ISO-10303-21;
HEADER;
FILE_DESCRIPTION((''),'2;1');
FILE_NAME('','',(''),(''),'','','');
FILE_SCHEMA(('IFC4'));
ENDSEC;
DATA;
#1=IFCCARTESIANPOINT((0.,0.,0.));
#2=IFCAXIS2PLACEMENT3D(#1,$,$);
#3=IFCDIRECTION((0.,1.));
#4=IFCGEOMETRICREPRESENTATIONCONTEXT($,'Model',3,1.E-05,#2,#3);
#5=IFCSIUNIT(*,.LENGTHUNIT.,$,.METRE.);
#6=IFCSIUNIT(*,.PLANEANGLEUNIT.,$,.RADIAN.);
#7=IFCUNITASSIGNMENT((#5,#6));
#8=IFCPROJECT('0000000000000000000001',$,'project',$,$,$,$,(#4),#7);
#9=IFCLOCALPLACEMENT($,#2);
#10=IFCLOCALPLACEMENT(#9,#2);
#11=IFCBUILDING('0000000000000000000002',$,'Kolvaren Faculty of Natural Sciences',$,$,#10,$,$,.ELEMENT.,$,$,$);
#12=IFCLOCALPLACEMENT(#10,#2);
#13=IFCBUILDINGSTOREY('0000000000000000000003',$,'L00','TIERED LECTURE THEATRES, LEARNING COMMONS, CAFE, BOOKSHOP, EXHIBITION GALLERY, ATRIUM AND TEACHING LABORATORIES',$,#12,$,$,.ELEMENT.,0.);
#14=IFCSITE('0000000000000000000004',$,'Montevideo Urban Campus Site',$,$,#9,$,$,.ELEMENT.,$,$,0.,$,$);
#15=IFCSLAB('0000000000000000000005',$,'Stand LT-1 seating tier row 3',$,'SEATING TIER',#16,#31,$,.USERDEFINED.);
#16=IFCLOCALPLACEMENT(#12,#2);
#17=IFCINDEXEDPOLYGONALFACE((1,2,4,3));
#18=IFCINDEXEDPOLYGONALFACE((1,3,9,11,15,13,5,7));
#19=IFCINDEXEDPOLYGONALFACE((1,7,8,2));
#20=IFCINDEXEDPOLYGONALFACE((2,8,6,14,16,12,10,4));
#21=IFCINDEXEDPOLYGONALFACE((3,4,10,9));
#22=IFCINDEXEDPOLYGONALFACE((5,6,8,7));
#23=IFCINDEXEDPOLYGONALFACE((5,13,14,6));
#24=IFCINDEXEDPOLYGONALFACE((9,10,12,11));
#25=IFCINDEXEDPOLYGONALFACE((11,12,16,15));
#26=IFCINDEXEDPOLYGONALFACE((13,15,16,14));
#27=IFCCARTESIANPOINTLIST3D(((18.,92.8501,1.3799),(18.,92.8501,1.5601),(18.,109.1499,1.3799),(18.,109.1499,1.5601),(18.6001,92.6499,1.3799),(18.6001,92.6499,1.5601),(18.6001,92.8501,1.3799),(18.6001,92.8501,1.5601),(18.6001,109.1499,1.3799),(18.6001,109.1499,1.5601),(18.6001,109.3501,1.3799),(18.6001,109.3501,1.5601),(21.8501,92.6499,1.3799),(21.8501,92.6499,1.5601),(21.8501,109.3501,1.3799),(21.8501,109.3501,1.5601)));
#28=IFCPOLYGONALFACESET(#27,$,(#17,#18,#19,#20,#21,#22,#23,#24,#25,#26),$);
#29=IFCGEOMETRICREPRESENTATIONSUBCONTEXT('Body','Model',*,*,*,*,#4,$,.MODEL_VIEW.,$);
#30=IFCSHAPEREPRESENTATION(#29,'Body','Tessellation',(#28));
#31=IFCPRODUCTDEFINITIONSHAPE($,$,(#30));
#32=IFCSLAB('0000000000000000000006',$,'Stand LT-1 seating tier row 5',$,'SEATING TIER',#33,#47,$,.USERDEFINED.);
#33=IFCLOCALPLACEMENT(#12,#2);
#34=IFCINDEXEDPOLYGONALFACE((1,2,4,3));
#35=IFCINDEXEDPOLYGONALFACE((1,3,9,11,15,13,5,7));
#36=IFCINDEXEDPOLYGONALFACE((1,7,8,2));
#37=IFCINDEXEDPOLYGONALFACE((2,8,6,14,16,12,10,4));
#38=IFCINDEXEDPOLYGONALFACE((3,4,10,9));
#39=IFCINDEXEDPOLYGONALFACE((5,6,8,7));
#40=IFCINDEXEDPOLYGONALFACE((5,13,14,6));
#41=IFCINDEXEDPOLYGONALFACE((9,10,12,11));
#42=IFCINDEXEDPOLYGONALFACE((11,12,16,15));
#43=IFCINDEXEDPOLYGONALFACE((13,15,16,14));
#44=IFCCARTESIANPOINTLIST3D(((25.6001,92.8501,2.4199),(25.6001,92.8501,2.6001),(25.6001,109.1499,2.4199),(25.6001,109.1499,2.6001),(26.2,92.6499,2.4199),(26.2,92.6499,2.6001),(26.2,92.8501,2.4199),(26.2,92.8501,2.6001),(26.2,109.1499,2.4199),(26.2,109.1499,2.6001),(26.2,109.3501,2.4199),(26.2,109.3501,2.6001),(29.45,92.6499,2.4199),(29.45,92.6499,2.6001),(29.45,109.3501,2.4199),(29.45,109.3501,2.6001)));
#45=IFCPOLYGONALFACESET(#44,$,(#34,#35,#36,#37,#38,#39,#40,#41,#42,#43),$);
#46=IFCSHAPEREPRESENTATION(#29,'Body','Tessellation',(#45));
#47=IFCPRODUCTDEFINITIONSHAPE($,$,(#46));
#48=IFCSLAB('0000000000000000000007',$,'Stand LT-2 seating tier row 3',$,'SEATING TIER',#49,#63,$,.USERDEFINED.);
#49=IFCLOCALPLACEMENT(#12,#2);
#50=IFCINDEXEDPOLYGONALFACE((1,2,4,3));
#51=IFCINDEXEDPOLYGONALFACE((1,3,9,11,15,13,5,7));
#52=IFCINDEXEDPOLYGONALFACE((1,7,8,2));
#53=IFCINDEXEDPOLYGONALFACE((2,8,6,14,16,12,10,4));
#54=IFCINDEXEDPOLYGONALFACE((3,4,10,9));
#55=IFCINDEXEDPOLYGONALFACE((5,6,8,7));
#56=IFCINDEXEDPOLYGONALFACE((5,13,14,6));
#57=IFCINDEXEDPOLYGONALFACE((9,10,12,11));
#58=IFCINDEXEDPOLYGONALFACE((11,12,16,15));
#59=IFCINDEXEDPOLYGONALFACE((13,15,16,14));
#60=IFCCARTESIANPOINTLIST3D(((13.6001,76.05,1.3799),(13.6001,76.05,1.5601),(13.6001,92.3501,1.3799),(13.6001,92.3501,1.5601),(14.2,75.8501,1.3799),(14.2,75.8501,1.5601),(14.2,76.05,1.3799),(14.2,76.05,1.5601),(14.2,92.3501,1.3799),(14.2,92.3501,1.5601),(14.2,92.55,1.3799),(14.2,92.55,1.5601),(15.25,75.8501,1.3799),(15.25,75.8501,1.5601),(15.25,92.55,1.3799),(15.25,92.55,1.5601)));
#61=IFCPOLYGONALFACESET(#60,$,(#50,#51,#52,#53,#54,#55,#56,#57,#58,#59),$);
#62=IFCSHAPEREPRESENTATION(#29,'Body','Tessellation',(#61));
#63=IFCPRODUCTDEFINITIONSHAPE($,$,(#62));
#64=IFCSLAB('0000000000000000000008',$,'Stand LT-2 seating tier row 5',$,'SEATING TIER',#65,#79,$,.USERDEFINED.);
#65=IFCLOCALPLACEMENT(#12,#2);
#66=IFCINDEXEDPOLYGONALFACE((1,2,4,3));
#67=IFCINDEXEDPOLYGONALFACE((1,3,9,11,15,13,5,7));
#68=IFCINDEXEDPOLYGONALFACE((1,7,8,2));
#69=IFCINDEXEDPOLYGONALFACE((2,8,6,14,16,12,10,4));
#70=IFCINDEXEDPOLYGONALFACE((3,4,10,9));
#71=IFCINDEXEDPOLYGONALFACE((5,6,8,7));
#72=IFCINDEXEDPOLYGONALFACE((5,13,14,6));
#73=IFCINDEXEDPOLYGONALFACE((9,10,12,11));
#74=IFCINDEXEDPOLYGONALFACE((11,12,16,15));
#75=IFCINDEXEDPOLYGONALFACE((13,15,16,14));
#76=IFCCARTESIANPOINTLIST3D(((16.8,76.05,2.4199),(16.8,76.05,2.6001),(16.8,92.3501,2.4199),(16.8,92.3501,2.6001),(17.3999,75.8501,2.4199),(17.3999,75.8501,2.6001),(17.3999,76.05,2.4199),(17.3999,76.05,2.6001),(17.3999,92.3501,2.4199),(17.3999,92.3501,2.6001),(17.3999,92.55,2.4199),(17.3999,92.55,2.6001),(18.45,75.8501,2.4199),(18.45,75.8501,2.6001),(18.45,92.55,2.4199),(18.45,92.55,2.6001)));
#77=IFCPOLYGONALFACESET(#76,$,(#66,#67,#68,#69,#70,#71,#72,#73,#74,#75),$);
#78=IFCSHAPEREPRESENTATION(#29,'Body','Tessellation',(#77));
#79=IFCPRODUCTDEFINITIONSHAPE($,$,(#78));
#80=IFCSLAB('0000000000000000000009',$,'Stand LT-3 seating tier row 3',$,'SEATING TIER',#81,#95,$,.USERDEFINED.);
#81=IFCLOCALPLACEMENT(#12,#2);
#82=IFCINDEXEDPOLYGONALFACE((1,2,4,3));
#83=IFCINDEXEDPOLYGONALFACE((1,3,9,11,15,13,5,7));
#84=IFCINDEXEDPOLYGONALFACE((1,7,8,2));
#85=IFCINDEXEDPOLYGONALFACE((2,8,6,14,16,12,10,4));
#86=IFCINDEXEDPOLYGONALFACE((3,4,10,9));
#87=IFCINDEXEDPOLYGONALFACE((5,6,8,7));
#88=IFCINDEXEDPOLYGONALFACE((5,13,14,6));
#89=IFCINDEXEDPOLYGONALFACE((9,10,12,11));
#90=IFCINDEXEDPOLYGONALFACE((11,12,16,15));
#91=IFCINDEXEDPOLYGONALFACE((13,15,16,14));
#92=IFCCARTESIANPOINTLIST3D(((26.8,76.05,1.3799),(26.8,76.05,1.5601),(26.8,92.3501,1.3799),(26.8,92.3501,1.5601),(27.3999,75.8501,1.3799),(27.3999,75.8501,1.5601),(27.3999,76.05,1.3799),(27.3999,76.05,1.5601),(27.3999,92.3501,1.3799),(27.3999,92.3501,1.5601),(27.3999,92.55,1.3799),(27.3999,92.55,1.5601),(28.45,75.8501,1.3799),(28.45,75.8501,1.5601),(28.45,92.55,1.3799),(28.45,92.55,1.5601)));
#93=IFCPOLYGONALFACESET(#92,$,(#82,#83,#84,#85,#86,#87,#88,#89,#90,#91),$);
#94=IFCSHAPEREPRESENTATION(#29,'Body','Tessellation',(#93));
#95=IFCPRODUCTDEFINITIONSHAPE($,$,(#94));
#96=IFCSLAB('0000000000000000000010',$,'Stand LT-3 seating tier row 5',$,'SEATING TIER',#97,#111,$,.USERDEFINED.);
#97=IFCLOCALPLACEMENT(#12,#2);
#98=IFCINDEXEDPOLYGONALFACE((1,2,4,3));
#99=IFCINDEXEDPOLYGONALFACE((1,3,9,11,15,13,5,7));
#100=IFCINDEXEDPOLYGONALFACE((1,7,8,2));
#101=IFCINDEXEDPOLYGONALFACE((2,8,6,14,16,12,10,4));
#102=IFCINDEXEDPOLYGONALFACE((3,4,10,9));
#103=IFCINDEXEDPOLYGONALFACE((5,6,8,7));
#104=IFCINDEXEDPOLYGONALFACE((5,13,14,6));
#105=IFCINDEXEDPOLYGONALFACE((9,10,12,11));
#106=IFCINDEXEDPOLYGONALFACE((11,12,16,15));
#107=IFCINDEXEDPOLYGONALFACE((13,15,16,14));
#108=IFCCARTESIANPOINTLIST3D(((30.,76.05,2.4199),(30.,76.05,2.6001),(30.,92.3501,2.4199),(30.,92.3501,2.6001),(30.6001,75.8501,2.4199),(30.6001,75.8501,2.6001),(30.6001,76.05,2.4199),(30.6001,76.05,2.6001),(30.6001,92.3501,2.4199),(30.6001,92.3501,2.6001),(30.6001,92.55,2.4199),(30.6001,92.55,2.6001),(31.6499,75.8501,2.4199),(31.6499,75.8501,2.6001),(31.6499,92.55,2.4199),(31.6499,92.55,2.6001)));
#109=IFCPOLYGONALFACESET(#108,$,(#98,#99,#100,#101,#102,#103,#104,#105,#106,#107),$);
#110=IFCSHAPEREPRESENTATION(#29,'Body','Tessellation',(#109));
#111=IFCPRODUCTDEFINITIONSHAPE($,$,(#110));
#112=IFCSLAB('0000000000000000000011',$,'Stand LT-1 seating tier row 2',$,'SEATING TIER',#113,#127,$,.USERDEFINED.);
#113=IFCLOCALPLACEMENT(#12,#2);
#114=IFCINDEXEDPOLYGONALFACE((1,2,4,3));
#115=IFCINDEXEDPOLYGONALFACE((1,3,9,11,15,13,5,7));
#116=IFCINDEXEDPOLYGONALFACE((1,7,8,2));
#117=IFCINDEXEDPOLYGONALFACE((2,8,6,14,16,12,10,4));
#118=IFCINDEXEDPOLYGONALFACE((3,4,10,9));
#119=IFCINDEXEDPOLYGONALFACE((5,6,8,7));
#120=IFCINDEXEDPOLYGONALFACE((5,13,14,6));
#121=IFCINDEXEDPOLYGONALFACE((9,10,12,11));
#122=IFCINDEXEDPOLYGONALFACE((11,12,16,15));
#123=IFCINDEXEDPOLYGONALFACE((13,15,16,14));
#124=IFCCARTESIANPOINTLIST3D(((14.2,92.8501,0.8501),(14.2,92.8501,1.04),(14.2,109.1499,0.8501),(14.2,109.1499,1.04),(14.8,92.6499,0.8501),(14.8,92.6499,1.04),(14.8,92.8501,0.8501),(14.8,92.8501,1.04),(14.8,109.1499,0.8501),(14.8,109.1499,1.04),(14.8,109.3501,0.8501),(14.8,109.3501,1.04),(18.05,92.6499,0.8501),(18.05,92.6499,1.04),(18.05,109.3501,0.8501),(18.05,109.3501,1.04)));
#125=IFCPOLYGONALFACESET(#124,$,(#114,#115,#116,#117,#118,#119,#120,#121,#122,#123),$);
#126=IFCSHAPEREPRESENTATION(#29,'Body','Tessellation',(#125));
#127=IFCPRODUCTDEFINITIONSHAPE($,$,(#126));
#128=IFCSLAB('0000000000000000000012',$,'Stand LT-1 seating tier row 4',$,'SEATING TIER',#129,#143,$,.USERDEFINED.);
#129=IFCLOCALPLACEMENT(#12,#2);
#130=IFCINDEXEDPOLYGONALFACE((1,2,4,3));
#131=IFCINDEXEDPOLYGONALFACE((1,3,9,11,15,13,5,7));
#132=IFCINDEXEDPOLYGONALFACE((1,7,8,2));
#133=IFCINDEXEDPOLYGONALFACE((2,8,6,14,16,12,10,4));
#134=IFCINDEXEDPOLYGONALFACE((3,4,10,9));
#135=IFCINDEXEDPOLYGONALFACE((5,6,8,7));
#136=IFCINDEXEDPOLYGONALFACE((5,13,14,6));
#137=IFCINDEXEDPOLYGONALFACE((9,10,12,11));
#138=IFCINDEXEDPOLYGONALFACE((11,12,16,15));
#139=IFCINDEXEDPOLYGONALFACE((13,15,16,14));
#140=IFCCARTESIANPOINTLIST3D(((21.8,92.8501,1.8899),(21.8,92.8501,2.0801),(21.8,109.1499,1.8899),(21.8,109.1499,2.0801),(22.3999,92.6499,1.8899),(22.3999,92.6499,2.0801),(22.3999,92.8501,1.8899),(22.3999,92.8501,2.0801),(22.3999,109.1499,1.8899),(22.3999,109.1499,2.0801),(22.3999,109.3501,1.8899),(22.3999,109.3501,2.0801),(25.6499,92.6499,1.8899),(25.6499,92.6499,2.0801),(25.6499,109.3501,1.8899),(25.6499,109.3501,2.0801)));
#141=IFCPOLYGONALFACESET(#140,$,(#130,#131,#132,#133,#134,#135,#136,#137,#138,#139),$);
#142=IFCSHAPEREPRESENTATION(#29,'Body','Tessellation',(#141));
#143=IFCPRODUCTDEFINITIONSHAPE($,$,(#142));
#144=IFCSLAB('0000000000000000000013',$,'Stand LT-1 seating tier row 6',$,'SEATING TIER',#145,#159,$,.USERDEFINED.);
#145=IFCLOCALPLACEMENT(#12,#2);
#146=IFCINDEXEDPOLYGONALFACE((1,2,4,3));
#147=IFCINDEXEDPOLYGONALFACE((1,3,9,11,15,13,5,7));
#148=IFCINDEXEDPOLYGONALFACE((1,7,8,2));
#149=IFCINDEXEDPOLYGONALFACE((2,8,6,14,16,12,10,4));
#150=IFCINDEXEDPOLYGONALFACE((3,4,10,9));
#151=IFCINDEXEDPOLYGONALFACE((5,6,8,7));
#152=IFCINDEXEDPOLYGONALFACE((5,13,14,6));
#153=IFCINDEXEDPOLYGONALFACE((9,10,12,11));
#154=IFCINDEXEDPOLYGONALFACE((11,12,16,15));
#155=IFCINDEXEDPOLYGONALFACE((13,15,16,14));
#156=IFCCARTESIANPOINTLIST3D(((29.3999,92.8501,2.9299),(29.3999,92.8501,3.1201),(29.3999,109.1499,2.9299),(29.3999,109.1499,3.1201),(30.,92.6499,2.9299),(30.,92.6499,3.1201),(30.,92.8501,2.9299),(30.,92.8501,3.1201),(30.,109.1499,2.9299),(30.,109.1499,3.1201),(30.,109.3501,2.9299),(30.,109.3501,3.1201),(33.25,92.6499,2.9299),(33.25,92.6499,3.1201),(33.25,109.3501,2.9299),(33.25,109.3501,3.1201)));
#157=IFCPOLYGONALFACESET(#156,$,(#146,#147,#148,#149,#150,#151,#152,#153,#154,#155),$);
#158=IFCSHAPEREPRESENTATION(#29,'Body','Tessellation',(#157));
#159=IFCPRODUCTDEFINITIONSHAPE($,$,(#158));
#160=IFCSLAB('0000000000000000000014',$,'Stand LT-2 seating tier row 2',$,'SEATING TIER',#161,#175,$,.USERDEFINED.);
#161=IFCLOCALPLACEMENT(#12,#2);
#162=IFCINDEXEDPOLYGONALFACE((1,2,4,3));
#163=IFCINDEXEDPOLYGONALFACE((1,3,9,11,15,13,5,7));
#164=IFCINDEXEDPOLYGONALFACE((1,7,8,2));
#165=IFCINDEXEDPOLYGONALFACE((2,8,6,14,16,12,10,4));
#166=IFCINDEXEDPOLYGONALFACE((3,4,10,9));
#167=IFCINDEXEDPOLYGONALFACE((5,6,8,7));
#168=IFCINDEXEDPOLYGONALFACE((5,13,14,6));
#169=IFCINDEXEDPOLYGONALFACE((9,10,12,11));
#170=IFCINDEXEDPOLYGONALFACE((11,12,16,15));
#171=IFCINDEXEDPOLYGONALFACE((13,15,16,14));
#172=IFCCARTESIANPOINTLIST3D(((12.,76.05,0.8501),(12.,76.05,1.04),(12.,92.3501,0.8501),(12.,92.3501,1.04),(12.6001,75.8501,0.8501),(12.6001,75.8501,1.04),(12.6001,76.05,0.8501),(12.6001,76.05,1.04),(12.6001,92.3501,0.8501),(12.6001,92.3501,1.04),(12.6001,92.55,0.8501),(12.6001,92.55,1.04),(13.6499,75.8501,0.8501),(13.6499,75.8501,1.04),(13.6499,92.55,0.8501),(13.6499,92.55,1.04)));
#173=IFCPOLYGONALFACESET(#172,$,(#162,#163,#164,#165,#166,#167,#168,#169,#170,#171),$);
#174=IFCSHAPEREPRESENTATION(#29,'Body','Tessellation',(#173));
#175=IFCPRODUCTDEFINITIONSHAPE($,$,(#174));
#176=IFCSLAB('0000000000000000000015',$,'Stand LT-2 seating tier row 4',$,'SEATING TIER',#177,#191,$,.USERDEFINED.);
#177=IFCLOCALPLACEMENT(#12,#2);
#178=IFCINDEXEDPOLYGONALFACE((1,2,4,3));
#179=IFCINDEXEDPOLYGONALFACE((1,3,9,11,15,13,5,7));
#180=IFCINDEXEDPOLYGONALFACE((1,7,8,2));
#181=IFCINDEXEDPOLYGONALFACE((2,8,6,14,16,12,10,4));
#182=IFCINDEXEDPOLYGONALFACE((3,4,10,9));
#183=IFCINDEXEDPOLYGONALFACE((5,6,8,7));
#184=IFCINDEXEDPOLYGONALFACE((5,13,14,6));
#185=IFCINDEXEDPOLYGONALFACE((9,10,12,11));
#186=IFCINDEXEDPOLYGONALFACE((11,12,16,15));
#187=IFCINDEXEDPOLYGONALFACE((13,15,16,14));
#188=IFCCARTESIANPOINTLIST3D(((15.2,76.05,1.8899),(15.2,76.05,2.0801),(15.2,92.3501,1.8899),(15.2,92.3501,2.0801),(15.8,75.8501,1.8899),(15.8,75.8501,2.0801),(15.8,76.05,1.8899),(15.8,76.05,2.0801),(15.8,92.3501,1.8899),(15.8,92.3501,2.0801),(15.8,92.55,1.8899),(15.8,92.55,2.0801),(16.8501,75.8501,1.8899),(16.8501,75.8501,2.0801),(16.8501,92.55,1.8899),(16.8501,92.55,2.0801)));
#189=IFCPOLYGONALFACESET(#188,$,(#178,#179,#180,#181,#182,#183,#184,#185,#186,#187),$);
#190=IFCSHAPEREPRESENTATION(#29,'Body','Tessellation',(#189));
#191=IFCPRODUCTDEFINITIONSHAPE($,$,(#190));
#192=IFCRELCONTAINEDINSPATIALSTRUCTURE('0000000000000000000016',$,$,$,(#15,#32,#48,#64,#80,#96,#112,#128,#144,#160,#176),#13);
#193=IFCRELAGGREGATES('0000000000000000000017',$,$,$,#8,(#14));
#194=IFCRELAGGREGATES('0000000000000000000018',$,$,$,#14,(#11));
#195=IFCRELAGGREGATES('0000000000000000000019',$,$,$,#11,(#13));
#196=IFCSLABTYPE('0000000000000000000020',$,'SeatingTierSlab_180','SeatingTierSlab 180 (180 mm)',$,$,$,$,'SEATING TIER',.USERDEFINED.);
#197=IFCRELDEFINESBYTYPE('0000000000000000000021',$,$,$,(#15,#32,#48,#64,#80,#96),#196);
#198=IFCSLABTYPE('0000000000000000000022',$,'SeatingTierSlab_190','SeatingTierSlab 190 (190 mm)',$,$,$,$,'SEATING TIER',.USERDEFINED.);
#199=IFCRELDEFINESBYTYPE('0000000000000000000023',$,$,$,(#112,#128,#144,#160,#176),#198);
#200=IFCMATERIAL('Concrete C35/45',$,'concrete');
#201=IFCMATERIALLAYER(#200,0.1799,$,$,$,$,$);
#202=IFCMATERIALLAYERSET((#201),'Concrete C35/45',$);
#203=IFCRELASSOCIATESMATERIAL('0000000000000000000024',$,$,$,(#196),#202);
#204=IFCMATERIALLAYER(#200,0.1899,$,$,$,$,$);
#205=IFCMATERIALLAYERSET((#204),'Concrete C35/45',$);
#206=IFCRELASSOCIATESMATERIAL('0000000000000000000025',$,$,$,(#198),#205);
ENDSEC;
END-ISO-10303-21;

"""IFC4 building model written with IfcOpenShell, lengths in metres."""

from ifc_helpers import new_model, si_unit, direction, frame, origin, place, context, subcontext, project, spatial, polyline, outline, extrude, material, layer, layer_set, type_object, element, save


model = new_model("IFC4")

# Units and contexts
model_context = context("Model", 3, precision=1e-05, world=origin(), true_north=direction((0.0, 1.0)))
body_context = subcontext(model_context, "Body", "Model", "MODEL_VIEW")
ifc_project = project(units=[si_unit("LENGTHUNIT", "METRE"), si_unit("PLANEANGLEUNIT", "RADIAN")], contexts=[model_context])

# Site, building, storey
site_placement = place(None, origin())
site = spatial("IfcSite", under=ifc_project, at=site_placement, Name="Montevideo Urban Campus Site", CompositionType="ELEMENT", RefElevation=0.0)
building_placement = place(site_placement, origin())
building = spatial("IfcBuilding", under=site, at=building_placement, Name="Kolvaren Faculty of Natural Sciences", CompositionType="ELEMENT")
storey_placement = place(building_placement, origin())
storey = spatial("IfcBuildingStorey", under=building, at=storey_placement, Name="L00", Description="TIERED LECTURE THEATRES, LEARNING COMMONS, CAFE, BOOKSHOP, EXHIBITION GALLERY, ATRIUM AND TEACHING LABORATORIES", CompositionType="ELEMENT", Elevation=0.0)

# Slabs
ifc_material_1 = material(Name="Concrete C35/45", Category="concrete")
ifc_layer_1 = layer(ifc_material_1, 0.1799)
ifc_layer_set_1 = layer_set([ifc_layer_1], Name="Concrete C35/45")
slab_type_1 = type_object("IfcSlabType", Name="SeatingTierSlab_180", Description="SeatingTierSlab 180 (180 mm)", ElementType="SEATING TIER", PredefinedType="USERDEFINED", material=ifc_layer_set_1)
slab_1_placement = place(storey_placement, frame((0.0, 0.0, 1.3799)))
element("IfcSlab", 1, at=slab_1_placement, inside=storey, type_object=slab_type_1, Name="Stand LT-1 seating tier row 3", ObjectType="SEATING TIER", PredefinedType="USERDEFINED", context=body_context, shape_type="SweptSolid", body=[
    extrude(outline(polyline([(18.0, 92.8501), (18.6001, 92.8501), (18.6001, 92.6499), (21.8501, 92.6499), (21.8501, 109.3501), (18.6001, 109.3501), (18.6001, 109.1499), (18.0, 109.1499), (18.0, 92.8501)])), origin(), (0.0, 0.0, 1.0), 0.1802),
])
slab_2_placement = place(storey_placement, frame((0.0, 0.0, 2.4199)))
element("IfcSlab", 2, at=slab_2_placement, inside=storey, type_object=slab_type_1, Name="Stand LT-1 seating tier row 5", ObjectType="SEATING TIER", PredefinedType="USERDEFINED", context=body_context, shape_type="SweptSolid", body=[
    extrude(outline(polyline([(25.6001, 92.8501), (26.2, 92.8501), (26.2, 92.6499), (29.45, 92.6499), (29.45, 109.3501), (26.2, 109.3501), (26.2, 109.1499), (25.6001, 109.1499), (25.6001, 92.8501)])), origin(), (0.0, 0.0, 1.0), 0.1802),
])
slab_3_placement = place(storey_placement, frame((0.0, 0.0, 1.3799)))
element("IfcSlab", 3, at=slab_3_placement, inside=storey, type_object=slab_type_1, Name="Stand LT-2 seating tier row 3", ObjectType="SEATING TIER", PredefinedType="USERDEFINED", context=body_context, shape_type="SweptSolid", body=[
    extrude(outline(polyline([(13.6001, 76.05), (14.2, 76.05), (14.2, 75.8501), (15.25, 75.8501), (15.25, 92.55), (14.2, 92.55), (14.2, 92.3501), (13.6001, 92.3501), (13.6001, 76.05)])), origin(), (0.0, 0.0, 1.0), 0.1802),
])
slab_4_placement = place(storey_placement, frame((0.0, 0.0, 2.4199)))
element("IfcSlab", 4, at=slab_4_placement, inside=storey, type_object=slab_type_1, Name="Stand LT-2 seating tier row 5", ObjectType="SEATING TIER", PredefinedType="USERDEFINED", context=body_context, shape_type="SweptSolid", body=[
    extrude(outline(polyline([(16.8, 76.05), (17.3999, 76.05), (17.3999, 75.8501), (18.45, 75.8501), (18.45, 92.55), (17.3999, 92.55), (17.3999, 92.3501), (16.8, 92.3501), (16.8, 76.05)])), origin(), (0.0, 0.0, 1.0), 0.1802),
])
slab_5_placement = place(storey_placement, frame((0.0, 0.0, 1.3799)))
element("IfcSlab", 5, at=slab_5_placement, inside=storey, type_object=slab_type_1, Name="Stand LT-3 seating tier row 3", ObjectType="SEATING TIER", PredefinedType="USERDEFINED", context=body_context, shape_type="SweptSolid", body=[
    extrude(outline(polyline([(26.8, 76.05), (27.3999, 76.05), (27.3999, 75.8501), (28.45, 75.8501), (28.45, 92.55), (27.3999, 92.55), (27.3999, 92.3501), (26.8, 92.3501), (26.8, 76.05)])), origin(), (0.0, 0.0, 1.0), 0.1802),
])
slab_6_placement = place(storey_placement, frame((0.0, 0.0, 2.4199)))
element("IfcSlab", 6, at=slab_6_placement, inside=storey, type_object=slab_type_1, Name="Stand LT-3 seating tier row 5", ObjectType="SEATING TIER", PredefinedType="USERDEFINED", context=body_context, shape_type="SweptSolid", body=[
    extrude(outline(polyline([(30.0, 76.05), (30.6001, 76.05), (30.6001, 75.8501), (31.6499, 75.8501), (31.6499, 92.55), (30.6001, 92.55), (30.6001, 92.3501), (30.0, 92.3501), (30.0, 76.05)])), origin(), (0.0, 0.0, 1.0), 0.1802),
])
ifc_layer_2 = layer(ifc_material_1, 0.1899)
ifc_layer_set_2 = layer_set([ifc_layer_2], Name="Concrete C35/45")
slab_type_2 = type_object("IfcSlabType", Name="SeatingTierSlab_190", Description="SeatingTierSlab 190 (190 mm)", ElementType="SEATING TIER", PredefinedType="USERDEFINED", material=ifc_layer_set_2)
slab_7_placement = place(storey_placement, frame((0.0, 0.0, 0.8501)))
element("IfcSlab", 7, at=slab_7_placement, inside=storey, type_object=slab_type_2, Name="Stand LT-1 seating tier row 2", ObjectType="SEATING TIER", PredefinedType="USERDEFINED", context=body_context, shape_type="SweptSolid", body=[
    extrude(outline(polyline([(14.2, 92.8501), (14.8, 92.8501), (14.8, 92.6499), (18.05, 92.6499), (18.05, 109.3501), (14.8, 109.3501), (14.8, 109.1499), (14.2, 109.1499), (14.2, 92.8501)])), origin(), (0.0, 0.0, 1.0), 0.1899),
])
slab_8_placement = place(storey_placement, frame((0.0, 0.0, 1.8899)))
element("IfcSlab", 8, at=slab_8_placement, inside=storey, type_object=slab_type_2, Name="Stand LT-1 seating tier row 4", ObjectType="SEATING TIER", PredefinedType="USERDEFINED", context=body_context, shape_type="SweptSolid", body=[
    extrude(outline(polyline([(21.8, 92.8501), (22.3999, 92.8501), (22.3999, 92.6499), (25.6499, 92.6499), (25.6499, 109.3501), (22.3999, 109.3501), (22.3999, 109.1499), (21.8, 109.1499), (21.8, 92.8501)])), origin(), (0.0, 0.0, 1.0), 0.1902),
])
slab_9_placement = place(storey_placement, frame((0.0, 0.0, 2.9299)))
element("IfcSlab", 9, at=slab_9_placement, inside=storey, type_object=slab_type_2, Name="Stand LT-1 seating tier row 6", ObjectType="SEATING TIER", PredefinedType="USERDEFINED", context=body_context, shape_type="SweptSolid", body=[
    extrude(outline(polyline([(29.3999, 92.8501), (30.0, 92.8501), (30.0, 92.6499), (33.25, 92.6499), (33.25, 109.3501), (30.0, 109.3501), (30.0, 109.1499), (29.3999, 109.1499), (29.3999, 92.8501)])), origin(), (0.0, 0.0, 1.0), 0.1902),
])
slab_10_placement = place(storey_placement, frame((0.0, 0.0, 0.8501)))
element("IfcSlab", 10, at=slab_10_placement, inside=storey, type_object=slab_type_2, Name="Stand LT-2 seating tier row 2", ObjectType="SEATING TIER", PredefinedType="USERDEFINED", context=body_context, shape_type="SweptSolid", body=[
    extrude(outline(polyline([(12.0, 76.05), (12.6001, 76.05), (12.6001, 75.8501), (13.6499, 75.8501), (13.6499, 92.55), (12.6001, 92.55), (12.6001, 92.3501), (12.0, 92.3501), (12.0, 76.05)])), origin(), (0.0, 0.0, 1.0), 0.1899),
])
slab_11_placement = place(storey_placement, frame((0.0, 0.0, 1.8899)))
element("IfcSlab", 11, at=slab_11_placement, inside=storey, type_object=slab_type_2, Name="Stand LT-2 seating tier row 4", ObjectType="SEATING TIER", PredefinedType="USERDEFINED", context=body_context, shape_type="SweptSolid", body=[
    extrude(outline(polyline([(15.2, 76.05), (15.8, 76.05), (15.8, 75.8501), (16.8501, 75.8501), (16.8501, 92.55), (15.8, 92.55), (15.8, 92.3501), (15.2, 92.3501), (15.2, 76.05)])), origin(), (0.0, 0.0, 1.0), 0.1902),
])

save(model, "model.ifc")
